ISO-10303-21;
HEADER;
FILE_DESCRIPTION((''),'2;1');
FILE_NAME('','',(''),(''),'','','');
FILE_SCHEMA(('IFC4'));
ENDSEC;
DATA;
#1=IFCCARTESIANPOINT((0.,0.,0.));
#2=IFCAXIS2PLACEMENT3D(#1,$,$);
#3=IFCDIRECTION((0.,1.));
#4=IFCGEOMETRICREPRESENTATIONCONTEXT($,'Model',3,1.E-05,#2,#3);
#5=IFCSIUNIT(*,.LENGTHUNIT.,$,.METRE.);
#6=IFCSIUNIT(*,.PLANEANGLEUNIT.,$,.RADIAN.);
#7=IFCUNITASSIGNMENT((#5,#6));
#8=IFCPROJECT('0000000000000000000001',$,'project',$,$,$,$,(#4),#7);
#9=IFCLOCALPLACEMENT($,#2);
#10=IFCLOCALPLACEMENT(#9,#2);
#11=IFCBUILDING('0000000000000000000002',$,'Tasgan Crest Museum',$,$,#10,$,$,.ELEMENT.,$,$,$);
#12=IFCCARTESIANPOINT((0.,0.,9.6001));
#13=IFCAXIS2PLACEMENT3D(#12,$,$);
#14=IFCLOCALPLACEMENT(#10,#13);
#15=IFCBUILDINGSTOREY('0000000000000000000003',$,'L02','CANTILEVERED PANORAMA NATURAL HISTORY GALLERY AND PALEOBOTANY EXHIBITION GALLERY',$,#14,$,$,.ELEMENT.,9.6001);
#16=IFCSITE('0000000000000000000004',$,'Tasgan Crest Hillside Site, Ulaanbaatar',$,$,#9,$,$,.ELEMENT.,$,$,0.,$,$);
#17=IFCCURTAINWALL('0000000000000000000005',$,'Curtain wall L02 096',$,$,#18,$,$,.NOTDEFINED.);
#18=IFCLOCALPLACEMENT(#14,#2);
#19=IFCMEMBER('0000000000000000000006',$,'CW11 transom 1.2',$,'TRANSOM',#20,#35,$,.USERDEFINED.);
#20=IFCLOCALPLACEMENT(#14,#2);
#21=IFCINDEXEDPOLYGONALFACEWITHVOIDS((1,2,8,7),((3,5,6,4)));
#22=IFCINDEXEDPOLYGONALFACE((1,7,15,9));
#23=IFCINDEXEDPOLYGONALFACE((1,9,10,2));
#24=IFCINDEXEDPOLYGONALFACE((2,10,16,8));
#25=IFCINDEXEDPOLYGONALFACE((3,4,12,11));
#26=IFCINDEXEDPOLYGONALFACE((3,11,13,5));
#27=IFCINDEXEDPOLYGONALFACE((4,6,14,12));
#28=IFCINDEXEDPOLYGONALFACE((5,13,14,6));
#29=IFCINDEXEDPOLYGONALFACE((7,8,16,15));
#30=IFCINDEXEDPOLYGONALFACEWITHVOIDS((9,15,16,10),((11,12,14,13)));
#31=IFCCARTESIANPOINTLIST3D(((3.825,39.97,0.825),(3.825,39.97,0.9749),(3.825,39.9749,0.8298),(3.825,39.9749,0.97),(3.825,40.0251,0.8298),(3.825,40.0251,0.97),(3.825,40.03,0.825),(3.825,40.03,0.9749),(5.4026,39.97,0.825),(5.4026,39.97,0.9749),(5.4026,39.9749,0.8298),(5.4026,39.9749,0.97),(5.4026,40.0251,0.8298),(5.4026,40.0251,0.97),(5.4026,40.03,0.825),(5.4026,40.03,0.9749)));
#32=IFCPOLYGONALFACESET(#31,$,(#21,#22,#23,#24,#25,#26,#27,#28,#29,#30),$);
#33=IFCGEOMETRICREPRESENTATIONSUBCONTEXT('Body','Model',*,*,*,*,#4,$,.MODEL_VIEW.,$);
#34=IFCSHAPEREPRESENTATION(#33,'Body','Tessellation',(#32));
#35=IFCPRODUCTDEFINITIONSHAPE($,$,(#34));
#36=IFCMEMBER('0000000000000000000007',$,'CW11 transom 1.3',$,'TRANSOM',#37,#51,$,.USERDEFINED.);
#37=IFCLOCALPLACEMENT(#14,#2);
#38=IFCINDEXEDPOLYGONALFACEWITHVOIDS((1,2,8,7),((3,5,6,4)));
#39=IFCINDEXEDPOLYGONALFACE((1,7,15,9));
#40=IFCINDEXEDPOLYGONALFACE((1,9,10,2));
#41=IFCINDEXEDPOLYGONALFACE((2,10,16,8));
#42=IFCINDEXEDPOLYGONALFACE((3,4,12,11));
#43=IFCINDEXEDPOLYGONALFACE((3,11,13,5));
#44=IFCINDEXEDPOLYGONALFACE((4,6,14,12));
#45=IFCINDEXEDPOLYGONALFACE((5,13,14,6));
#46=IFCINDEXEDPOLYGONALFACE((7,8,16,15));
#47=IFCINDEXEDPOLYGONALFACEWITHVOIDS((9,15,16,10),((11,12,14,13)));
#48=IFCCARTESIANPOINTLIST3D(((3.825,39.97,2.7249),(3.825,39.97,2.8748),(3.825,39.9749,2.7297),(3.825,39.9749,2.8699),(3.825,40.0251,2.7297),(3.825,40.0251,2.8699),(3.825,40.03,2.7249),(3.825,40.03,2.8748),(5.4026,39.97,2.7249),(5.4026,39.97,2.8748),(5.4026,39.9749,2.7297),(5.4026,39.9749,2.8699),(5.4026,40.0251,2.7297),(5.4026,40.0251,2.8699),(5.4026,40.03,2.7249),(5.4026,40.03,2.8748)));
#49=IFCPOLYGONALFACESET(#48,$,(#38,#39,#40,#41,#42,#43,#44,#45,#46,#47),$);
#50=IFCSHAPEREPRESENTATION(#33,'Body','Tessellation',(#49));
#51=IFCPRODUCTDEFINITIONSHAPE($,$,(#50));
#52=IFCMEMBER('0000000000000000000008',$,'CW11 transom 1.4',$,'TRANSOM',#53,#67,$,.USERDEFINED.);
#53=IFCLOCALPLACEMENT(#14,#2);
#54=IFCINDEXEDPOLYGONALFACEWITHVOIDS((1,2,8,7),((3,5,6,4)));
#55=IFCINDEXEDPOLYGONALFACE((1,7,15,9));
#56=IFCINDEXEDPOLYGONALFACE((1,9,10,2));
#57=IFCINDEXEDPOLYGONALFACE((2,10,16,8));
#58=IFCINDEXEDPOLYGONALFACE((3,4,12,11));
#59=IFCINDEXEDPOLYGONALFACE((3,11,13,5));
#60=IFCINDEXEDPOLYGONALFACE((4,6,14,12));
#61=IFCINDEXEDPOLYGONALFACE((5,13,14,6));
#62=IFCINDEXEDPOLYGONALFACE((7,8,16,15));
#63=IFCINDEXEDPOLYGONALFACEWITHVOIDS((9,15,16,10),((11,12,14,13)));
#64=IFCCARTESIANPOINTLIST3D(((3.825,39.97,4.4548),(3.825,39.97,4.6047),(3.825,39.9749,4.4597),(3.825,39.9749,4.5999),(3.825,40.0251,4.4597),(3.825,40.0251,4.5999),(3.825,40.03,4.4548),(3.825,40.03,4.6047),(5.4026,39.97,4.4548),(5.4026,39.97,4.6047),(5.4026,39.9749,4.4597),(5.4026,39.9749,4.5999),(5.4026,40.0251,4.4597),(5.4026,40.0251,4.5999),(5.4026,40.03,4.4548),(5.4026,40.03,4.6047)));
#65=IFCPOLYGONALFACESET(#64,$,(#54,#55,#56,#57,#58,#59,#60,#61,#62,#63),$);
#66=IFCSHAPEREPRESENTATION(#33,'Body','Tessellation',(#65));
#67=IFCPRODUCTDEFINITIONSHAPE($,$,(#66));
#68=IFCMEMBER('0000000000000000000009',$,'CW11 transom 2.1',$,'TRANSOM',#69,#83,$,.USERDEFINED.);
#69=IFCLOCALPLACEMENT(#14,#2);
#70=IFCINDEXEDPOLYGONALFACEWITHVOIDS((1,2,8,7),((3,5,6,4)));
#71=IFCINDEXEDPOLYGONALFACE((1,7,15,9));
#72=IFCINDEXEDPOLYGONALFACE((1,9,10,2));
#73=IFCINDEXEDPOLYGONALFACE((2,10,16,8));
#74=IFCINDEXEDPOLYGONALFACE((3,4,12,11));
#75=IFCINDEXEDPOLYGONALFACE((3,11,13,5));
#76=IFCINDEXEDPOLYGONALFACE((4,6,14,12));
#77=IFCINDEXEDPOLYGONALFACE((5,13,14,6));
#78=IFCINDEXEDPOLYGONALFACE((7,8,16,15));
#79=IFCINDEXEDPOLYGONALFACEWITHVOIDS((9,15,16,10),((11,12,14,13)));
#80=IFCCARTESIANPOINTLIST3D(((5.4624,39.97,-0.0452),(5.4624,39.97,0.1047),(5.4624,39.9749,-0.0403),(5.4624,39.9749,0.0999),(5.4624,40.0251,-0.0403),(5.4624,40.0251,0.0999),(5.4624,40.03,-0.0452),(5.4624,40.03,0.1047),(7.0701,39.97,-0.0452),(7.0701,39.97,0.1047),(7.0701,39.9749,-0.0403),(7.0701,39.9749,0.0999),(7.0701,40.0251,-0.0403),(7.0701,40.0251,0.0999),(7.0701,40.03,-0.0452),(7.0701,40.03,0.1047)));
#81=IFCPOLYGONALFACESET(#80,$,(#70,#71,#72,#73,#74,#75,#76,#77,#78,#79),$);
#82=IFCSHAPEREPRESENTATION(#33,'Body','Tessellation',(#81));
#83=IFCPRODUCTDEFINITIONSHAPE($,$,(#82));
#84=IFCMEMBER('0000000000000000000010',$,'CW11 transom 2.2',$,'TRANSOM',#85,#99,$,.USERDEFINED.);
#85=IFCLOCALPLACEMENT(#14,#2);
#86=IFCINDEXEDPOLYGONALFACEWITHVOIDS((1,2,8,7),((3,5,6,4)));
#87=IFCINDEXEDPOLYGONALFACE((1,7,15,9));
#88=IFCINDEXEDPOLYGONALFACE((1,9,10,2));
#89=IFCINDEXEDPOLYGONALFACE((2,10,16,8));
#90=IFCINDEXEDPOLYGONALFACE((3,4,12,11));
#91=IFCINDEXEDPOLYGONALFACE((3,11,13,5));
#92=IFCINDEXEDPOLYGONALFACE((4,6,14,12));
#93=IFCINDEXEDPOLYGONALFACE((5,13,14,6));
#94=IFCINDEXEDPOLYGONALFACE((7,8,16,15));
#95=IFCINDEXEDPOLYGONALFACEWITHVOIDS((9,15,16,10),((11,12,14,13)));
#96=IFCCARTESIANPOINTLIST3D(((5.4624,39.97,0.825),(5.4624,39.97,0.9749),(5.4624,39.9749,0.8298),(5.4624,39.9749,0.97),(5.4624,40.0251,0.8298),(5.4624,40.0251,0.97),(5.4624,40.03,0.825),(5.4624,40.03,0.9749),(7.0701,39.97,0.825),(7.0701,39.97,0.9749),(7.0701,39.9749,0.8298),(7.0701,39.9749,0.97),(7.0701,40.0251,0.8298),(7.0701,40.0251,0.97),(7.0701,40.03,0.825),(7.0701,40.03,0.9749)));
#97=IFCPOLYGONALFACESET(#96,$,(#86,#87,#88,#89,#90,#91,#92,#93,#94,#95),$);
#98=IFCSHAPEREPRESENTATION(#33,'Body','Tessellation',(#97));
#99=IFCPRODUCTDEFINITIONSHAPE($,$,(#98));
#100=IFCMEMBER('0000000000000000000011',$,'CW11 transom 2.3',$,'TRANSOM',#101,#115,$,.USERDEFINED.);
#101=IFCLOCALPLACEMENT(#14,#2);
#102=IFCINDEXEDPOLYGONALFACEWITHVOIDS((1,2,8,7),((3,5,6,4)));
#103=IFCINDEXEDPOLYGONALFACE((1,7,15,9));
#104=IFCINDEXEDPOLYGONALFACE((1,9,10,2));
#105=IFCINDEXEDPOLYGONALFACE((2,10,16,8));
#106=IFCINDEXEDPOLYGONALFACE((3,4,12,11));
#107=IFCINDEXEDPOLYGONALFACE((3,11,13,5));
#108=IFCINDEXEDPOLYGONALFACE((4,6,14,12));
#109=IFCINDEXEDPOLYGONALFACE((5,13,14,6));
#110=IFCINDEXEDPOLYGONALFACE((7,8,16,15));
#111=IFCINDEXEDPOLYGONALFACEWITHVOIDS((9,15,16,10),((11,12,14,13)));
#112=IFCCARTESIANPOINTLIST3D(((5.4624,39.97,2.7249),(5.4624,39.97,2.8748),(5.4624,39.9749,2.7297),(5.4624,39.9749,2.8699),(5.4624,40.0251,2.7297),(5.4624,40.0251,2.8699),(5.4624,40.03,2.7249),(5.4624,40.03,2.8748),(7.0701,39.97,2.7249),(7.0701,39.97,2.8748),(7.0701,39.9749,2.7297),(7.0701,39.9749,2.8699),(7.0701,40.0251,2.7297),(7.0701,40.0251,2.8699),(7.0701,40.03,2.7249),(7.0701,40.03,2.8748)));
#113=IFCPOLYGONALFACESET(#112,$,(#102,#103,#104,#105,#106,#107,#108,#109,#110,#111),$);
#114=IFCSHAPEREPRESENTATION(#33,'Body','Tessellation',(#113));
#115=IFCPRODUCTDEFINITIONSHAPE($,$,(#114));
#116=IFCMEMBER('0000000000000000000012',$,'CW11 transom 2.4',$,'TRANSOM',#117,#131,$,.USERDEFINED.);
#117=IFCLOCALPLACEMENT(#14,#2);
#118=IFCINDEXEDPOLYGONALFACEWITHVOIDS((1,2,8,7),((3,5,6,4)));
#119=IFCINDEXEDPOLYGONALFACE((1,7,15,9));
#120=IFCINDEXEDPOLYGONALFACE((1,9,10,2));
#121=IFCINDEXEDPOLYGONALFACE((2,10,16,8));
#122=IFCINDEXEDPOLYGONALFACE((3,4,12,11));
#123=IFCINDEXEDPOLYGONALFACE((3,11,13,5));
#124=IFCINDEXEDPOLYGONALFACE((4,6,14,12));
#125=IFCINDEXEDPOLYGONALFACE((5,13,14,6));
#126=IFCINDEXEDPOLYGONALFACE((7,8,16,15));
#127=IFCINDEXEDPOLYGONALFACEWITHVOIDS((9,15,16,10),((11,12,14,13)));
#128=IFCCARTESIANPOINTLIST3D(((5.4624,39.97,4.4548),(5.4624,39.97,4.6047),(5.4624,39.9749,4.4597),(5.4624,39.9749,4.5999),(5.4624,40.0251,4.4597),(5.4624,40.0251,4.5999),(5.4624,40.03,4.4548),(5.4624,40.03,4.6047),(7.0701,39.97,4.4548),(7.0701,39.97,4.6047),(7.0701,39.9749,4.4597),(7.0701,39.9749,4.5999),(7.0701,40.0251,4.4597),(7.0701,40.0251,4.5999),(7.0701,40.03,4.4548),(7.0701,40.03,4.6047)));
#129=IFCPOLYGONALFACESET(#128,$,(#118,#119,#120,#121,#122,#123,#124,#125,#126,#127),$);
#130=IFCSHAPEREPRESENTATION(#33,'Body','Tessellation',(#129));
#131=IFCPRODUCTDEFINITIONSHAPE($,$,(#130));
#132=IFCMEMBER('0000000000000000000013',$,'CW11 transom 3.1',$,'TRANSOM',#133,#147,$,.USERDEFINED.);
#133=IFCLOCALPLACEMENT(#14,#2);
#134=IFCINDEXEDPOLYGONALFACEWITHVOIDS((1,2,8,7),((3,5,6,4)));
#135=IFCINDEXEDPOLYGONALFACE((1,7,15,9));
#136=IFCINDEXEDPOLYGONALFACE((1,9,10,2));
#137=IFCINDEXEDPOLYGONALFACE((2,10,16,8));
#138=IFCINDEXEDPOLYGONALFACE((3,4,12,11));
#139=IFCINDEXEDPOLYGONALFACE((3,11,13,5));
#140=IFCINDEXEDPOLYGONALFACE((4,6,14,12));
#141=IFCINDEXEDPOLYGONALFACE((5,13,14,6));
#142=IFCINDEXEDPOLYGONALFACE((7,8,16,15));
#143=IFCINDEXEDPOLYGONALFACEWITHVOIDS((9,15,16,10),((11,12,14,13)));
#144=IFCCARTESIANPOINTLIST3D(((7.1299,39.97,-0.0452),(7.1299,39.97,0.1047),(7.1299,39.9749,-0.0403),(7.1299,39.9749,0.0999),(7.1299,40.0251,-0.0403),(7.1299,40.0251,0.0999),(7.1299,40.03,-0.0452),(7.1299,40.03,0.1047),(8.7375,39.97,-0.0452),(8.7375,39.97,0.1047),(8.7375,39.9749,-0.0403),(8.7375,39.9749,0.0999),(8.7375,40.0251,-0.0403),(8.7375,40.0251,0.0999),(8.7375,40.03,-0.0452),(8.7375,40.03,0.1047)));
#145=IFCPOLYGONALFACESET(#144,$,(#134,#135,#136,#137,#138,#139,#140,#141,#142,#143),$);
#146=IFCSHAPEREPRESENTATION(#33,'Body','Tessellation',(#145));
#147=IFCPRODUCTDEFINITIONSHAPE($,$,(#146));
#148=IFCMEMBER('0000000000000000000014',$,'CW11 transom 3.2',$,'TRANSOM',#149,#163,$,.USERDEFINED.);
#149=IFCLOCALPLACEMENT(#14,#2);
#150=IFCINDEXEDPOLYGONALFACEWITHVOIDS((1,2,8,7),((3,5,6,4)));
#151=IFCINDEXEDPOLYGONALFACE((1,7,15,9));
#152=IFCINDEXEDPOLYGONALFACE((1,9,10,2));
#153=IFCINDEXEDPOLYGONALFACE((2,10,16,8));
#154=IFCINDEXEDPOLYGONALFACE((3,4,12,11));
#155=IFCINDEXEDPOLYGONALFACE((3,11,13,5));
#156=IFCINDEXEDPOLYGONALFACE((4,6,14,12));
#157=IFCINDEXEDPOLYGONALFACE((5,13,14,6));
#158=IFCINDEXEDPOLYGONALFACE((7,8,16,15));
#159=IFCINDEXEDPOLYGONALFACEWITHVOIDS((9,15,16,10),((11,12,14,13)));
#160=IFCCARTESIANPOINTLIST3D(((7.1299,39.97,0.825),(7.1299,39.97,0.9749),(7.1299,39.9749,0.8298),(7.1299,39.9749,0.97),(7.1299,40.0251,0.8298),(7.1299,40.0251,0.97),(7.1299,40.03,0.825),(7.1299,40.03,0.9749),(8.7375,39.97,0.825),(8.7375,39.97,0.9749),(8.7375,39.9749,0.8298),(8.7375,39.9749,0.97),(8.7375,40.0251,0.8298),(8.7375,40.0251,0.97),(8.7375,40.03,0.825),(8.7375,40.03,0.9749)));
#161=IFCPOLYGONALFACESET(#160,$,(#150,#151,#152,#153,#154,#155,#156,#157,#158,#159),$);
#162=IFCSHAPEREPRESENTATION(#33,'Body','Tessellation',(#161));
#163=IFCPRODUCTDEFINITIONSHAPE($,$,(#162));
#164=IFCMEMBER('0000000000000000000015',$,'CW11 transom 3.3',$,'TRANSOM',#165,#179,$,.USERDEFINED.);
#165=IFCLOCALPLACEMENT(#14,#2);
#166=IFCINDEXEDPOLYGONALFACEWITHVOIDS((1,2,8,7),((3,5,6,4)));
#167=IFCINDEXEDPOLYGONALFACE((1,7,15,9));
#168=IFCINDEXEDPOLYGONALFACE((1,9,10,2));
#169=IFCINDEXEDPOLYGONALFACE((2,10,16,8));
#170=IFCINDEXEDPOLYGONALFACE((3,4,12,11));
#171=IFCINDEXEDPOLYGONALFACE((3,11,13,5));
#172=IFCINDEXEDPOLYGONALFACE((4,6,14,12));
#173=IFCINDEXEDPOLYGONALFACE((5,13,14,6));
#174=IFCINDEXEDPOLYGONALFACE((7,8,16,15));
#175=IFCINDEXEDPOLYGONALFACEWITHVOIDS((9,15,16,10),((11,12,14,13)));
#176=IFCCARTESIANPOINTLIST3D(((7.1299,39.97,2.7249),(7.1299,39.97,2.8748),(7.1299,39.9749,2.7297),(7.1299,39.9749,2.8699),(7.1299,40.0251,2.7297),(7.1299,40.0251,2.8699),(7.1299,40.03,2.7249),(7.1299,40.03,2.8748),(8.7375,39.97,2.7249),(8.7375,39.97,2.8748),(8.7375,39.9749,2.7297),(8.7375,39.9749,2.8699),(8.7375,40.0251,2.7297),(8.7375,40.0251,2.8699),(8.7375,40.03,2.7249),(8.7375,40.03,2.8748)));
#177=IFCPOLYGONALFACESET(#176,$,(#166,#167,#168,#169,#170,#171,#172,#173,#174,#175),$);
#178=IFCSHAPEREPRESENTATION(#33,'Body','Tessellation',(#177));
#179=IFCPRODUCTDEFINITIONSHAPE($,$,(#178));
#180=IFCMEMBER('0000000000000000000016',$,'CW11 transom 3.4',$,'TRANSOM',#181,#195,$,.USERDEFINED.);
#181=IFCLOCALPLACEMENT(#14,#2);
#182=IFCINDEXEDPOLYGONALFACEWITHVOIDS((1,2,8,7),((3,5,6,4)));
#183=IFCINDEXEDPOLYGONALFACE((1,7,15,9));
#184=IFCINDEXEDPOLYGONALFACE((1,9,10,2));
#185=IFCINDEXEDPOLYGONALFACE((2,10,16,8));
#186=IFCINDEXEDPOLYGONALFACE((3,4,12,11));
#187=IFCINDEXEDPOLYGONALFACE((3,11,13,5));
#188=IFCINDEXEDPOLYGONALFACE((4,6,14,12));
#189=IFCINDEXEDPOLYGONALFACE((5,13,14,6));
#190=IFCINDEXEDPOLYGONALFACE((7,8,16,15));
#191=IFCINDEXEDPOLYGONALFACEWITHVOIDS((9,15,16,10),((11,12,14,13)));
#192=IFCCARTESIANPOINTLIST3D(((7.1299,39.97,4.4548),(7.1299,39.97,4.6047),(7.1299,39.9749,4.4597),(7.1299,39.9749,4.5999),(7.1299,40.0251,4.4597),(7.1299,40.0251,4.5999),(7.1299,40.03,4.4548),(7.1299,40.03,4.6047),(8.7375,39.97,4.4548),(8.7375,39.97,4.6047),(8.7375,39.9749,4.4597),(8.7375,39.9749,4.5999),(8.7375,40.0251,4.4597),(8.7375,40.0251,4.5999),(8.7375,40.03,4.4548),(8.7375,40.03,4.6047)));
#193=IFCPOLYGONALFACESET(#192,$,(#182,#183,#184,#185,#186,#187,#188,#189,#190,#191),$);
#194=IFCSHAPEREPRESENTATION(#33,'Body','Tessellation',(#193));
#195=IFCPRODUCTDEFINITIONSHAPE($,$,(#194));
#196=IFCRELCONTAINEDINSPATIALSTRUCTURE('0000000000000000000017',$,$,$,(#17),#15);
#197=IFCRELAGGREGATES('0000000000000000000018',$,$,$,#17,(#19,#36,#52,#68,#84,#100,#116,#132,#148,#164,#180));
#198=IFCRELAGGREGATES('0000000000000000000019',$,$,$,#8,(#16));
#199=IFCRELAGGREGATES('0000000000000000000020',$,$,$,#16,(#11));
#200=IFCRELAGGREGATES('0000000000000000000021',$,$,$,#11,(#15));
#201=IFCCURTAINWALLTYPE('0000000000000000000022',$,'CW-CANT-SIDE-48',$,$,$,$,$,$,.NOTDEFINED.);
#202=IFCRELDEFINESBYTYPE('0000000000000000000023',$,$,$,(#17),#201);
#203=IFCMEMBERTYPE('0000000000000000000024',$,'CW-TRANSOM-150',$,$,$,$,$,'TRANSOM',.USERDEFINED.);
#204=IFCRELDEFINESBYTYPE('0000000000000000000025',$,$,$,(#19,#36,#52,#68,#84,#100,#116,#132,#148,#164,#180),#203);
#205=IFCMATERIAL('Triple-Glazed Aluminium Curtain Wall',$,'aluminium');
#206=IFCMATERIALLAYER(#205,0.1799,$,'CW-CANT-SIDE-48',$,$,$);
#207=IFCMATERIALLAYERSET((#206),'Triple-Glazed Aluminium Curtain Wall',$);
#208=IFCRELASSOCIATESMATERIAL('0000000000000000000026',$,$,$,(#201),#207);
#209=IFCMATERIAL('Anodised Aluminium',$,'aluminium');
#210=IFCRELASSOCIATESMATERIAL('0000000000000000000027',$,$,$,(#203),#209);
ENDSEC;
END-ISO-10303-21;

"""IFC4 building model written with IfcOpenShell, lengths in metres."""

from ifc_helpers import new_model, si_unit, direction, frame, origin, origin_2d, place, context, subcontext, project, spatial, hollow_rectangle, extrude, material, layer, layer_set, material_profile, profile_set, type_object, element, aggregate, save


model = new_model("IFC4")

# Units and contexts
model_context = context("Model", 3, precision=1e-05, world=origin(), true_north=direction((0.0, 1.0)))
body_context = subcontext(model_context, "Body", "Model", "MODEL_VIEW")
ifc_project = project(units=[si_unit("LENGTHUNIT", "METRE"), si_unit("PLANEANGLEUNIT", "RADIAN")], contexts=[model_context])

# Site, building, storey
site_placement = place(None, origin())
site = spatial("IfcSite", under=ifc_project, at=site_placement, Name="Tasgan Crest Hillside Site, Ulaanbaatar", CompositionType="ELEMENT", RefElevation=0.0)
building_placement = place(site_placement, origin())
building = spatial("IfcBuilding", under=site, at=building_placement, Name="Tasgan Crest Museum", CompositionType="ELEMENT")
storey_placement = place(building_placement, frame((0.0, 0.0, 9.6001)))
storey = spatial("IfcBuildingStorey", under=building, at=storey_placement, Name="L02", Description="CANTILEVERED PANORAMA NATURAL HISTORY GALLERY AND PALEOBOTANY EXHIBITION GALLERY", CompositionType="ELEMENT", Elevation=9.6001)

# Curtain wall, members
ifc_material_1 = material(Name="Triple-Glazed Aluminium Curtain Wall", Category="aluminium")
ifc_layer_1 = layer(ifc_material_1, 0.1799, Name="CW-CANT-SIDE-48")
ifc_layer_set_1 = layer_set([ifc_layer_1], Name="Triple-Glazed Aluminium Curtain Wall")
curtain_wall_type = type_object("IfcCurtainWallType", Name="CW-CANT-SIDE-48", PredefinedType="NOTDEFINED", material=ifc_layer_set_1)
curtain_wall_placement = place(storey_placement, origin())
curtain_wall = element("IfcCurtainWall", 1, at=curtain_wall_placement, inside=storey, type_object=curtain_wall_type, Name="Curtain wall L02 096", PredefinedType="NOTDEFINED")
ifc_material_2 = material(Name="Anodised Aluminium", Category="aluminium")
ifc_material_profile_1 = material_profile(ifc_material_2, hollow_rectangle(XDim=0.0601, YDim=0.1499, WallThickness=0.0049, at=origin_2d()), Name="ALU TRANSOM 150x60x5")
ifc_profile_set_1 = profile_set([ifc_material_profile_1], Name="Anodised Aluminium")
member_type_1 = type_object("IfcMemberType", Name="CW-TRANSOM-150", ElementType="TRANSOM", PredefinedType="USERDEFINED", material=ifc_profile_set_1)
member_1_placement = place(storey_placement, frame((3.825, 40.0, 0.8999), z_axis=(1.0, 0.0, 0.0), x_axis=(0.0, 1.0, 0.0)))
member_1 = element("IfcMember", 2, at=member_1_placement, type_object=member_type_1, Name="CW11 transom 1.2", ObjectType="TRANSOM", PredefinedType="USERDEFINED", context=body_context, shape_type="SweptSolid", body=[
    extrude(hollow_rectangle(XDim=0.0601, YDim=0.1499, WallThickness=0.0049, at=origin_2d()), origin(), (0.0, 0.0, 1.0), 1.5776),
])
member_2_placement = place(storey_placement, frame((3.825, 40.0, 2.7998), z_axis=(1.0, 0.0, 0.0), x_axis=(0.0, 1.0, 0.0)))
member_2 = element("IfcMember", 3, at=member_2_placement, type_object=member_type_1, Name="CW11 transom 1.3", ObjectType="TRANSOM", PredefinedType="USERDEFINED", context=body_context, shape_type="SweptSolid", body=[
    extrude(hollow_rectangle(XDim=0.0601, YDim=0.1499, WallThickness=0.0049, at=origin_2d()), origin(), (0.0, 0.0, 1.0), 1.5776),
])
member_3_placement = place(storey_placement, frame((3.825, 40.0, 4.5298), z_axis=(1.0, 0.0, 0.0), x_axis=(0.0, 1.0, 0.0)))
member_3 = element("IfcMember", 4, at=member_3_placement, type_object=member_type_1, Name="CW11 transom 1.4", ObjectType="TRANSOM", PredefinedType="USERDEFINED", context=body_context, shape_type="SweptSolid", body=[
    extrude(hollow_rectangle(XDim=0.0601, YDim=0.1499, WallThickness=0.0049, at=origin_2d()), origin(), (0.0, 0.0, 1.0), 1.5776),
])
member_4_placement = place(storey_placement, frame((5.4624, 40.0, 0.0298), z_axis=(1.0, 0.0, 0.0), x_axis=(0.0, 1.0, 0.0)))
member_4 = element("IfcMember", 5, at=member_4_placement, type_object=member_type_1, Name="CW11 transom 2.1", ObjectType="TRANSOM", PredefinedType="USERDEFINED", context=body_context, shape_type="SweptSolid", body=[
    extrude(hollow_rectangle(XDim=0.0601, YDim=0.1499, WallThickness=0.0049, at=origin_2d()), origin(), (0.0, 0.0, 1.0), 1.6077),
])
member_5_placement = place(storey_placement, frame((5.4624, 40.0, 0.8999), z_axis=(1.0, 0.0, 0.0), x_axis=(0.0, 1.0, 0.0)))
member_5 = element("IfcMember", 6, at=member_5_placement, type_object=member_type_1, Name="CW11 transom 2.2", ObjectType="TRANSOM", PredefinedType="USERDEFINED", context=body_context, shape_type="SweptSolid", body=[
    extrude(hollow_rectangle(XDim=0.0601, YDim=0.1499, WallThickness=0.0049, at=origin_2d()), origin(), (0.0, 0.0, 1.0), 1.6077),
])
member_6_placement = place(storey_placement, frame((5.4624, 40.0, 2.7998), z_axis=(1.0, 0.0, 0.0), x_axis=(0.0, 1.0, 0.0)))
member_6 = element("IfcMember", 7, at=member_6_placement, type_object=member_type_1, Name="CW11 transom 2.3", ObjectType="TRANSOM", PredefinedType="USERDEFINED", context=body_context, shape_type="SweptSolid", body=[
    extrude(hollow_rectangle(XDim=0.0601, YDim=0.1499, WallThickness=0.0049, at=origin_2d()), origin(), (0.0, 0.0, 1.0), 1.6077),
])
member_7_placement = place(storey_placement, frame((5.4624, 40.0, 4.5298), z_axis=(1.0, 0.0, 0.0), x_axis=(0.0, 1.0, 0.0)))
member_7 = element("IfcMember", 8, at=member_7_placement, type_object=member_type_1, Name="CW11 transom 2.4", ObjectType="TRANSOM", PredefinedType="USERDEFINED", context=body_context, shape_type="SweptSolid", body=[
    extrude(hollow_rectangle(XDim=0.0601, YDim=0.1499, WallThickness=0.0049, at=origin_2d()), origin(), (0.0, 0.0, 1.0), 1.6077),
])
member_8_placement = place(storey_placement, frame((7.1299, 40.0, 0.0298), z_axis=(1.0, 0.0, 0.0), x_axis=(0.0, 1.0, 0.0)))
member_8 = element("IfcMember", 9, at=member_8_placement, type_object=member_type_1, Name="CW11 transom 3.1", ObjectType="TRANSOM", PredefinedType="USERDEFINED", context=body_context, shape_type="SweptSolid", body=[
    extrude(hollow_rectangle(XDim=0.0601, YDim=0.1499, WallThickness=0.0049, at=origin_2d()), origin(), (0.0, 0.0, 1.0), 1.6077),
])
member_9_placement = place(storey_placement, frame((7.1299, 40.0, 0.8999), z_axis=(1.0, 0.0, 0.0), x_axis=(0.0, 1.0, 0.0)))
member_9 = element("IfcMember", 10, at=member_9_placement, type_object=member_type_1, Name="CW11 transom 3.2", ObjectType="TRANSOM", PredefinedType="USERDEFINED", context=body_context, shape_type="SweptSolid", body=[
    extrude(hollow_rectangle(XDim=0.0601, YDim=0.1499, WallThickness=0.0049, at=origin_2d()), origin(), (0.0, 0.0, 1.0), 1.6077),
])
member_10_placement = place(storey_placement, frame((7.1299, 40.0, 2.7998), z_axis=(1.0, 0.0, 0.0), x_axis=(0.0, 1.0, 0.0)))
member_10 = element("IfcMember", 11, at=member_10_placement, type_object=member_type_1, Name="CW11 transom 3.3", ObjectType="TRANSOM", PredefinedType="USERDEFINED", context=body_context, shape_type="SweptSolid", body=[
    extrude(hollow_rectangle(XDim=0.0601, YDim=0.1499, WallThickness=0.0049, at=origin_2d()), origin(), (0.0, 0.0, 1.0), 1.6077),
])
member_11_placement = place(storey_placement, frame((7.1299, 40.0, 4.5298), z_axis=(1.0, 0.0, 0.0), x_axis=(0.0, 1.0, 0.0)))
member_11 = element("IfcMember", 12, at=member_11_placement, type_object=member_type_1, Name="CW11 transom 3.4", ObjectType="TRANSOM", PredefinedType="USERDEFINED", context=body_context, shape_type="SweptSolid", body=[
    extrude(hollow_rectangle(XDim=0.0601, YDim=0.1499, WallThickness=0.0049, at=origin_2d()), origin(), (0.0, 0.0, 1.0), 1.6077),
])

aggregate(curtain_wall, [member_1, member_2, member_3, member_4, member_5, member_6, member_7, member_8, member_9, member_10, member_11])

save(model, "model.ifc")
